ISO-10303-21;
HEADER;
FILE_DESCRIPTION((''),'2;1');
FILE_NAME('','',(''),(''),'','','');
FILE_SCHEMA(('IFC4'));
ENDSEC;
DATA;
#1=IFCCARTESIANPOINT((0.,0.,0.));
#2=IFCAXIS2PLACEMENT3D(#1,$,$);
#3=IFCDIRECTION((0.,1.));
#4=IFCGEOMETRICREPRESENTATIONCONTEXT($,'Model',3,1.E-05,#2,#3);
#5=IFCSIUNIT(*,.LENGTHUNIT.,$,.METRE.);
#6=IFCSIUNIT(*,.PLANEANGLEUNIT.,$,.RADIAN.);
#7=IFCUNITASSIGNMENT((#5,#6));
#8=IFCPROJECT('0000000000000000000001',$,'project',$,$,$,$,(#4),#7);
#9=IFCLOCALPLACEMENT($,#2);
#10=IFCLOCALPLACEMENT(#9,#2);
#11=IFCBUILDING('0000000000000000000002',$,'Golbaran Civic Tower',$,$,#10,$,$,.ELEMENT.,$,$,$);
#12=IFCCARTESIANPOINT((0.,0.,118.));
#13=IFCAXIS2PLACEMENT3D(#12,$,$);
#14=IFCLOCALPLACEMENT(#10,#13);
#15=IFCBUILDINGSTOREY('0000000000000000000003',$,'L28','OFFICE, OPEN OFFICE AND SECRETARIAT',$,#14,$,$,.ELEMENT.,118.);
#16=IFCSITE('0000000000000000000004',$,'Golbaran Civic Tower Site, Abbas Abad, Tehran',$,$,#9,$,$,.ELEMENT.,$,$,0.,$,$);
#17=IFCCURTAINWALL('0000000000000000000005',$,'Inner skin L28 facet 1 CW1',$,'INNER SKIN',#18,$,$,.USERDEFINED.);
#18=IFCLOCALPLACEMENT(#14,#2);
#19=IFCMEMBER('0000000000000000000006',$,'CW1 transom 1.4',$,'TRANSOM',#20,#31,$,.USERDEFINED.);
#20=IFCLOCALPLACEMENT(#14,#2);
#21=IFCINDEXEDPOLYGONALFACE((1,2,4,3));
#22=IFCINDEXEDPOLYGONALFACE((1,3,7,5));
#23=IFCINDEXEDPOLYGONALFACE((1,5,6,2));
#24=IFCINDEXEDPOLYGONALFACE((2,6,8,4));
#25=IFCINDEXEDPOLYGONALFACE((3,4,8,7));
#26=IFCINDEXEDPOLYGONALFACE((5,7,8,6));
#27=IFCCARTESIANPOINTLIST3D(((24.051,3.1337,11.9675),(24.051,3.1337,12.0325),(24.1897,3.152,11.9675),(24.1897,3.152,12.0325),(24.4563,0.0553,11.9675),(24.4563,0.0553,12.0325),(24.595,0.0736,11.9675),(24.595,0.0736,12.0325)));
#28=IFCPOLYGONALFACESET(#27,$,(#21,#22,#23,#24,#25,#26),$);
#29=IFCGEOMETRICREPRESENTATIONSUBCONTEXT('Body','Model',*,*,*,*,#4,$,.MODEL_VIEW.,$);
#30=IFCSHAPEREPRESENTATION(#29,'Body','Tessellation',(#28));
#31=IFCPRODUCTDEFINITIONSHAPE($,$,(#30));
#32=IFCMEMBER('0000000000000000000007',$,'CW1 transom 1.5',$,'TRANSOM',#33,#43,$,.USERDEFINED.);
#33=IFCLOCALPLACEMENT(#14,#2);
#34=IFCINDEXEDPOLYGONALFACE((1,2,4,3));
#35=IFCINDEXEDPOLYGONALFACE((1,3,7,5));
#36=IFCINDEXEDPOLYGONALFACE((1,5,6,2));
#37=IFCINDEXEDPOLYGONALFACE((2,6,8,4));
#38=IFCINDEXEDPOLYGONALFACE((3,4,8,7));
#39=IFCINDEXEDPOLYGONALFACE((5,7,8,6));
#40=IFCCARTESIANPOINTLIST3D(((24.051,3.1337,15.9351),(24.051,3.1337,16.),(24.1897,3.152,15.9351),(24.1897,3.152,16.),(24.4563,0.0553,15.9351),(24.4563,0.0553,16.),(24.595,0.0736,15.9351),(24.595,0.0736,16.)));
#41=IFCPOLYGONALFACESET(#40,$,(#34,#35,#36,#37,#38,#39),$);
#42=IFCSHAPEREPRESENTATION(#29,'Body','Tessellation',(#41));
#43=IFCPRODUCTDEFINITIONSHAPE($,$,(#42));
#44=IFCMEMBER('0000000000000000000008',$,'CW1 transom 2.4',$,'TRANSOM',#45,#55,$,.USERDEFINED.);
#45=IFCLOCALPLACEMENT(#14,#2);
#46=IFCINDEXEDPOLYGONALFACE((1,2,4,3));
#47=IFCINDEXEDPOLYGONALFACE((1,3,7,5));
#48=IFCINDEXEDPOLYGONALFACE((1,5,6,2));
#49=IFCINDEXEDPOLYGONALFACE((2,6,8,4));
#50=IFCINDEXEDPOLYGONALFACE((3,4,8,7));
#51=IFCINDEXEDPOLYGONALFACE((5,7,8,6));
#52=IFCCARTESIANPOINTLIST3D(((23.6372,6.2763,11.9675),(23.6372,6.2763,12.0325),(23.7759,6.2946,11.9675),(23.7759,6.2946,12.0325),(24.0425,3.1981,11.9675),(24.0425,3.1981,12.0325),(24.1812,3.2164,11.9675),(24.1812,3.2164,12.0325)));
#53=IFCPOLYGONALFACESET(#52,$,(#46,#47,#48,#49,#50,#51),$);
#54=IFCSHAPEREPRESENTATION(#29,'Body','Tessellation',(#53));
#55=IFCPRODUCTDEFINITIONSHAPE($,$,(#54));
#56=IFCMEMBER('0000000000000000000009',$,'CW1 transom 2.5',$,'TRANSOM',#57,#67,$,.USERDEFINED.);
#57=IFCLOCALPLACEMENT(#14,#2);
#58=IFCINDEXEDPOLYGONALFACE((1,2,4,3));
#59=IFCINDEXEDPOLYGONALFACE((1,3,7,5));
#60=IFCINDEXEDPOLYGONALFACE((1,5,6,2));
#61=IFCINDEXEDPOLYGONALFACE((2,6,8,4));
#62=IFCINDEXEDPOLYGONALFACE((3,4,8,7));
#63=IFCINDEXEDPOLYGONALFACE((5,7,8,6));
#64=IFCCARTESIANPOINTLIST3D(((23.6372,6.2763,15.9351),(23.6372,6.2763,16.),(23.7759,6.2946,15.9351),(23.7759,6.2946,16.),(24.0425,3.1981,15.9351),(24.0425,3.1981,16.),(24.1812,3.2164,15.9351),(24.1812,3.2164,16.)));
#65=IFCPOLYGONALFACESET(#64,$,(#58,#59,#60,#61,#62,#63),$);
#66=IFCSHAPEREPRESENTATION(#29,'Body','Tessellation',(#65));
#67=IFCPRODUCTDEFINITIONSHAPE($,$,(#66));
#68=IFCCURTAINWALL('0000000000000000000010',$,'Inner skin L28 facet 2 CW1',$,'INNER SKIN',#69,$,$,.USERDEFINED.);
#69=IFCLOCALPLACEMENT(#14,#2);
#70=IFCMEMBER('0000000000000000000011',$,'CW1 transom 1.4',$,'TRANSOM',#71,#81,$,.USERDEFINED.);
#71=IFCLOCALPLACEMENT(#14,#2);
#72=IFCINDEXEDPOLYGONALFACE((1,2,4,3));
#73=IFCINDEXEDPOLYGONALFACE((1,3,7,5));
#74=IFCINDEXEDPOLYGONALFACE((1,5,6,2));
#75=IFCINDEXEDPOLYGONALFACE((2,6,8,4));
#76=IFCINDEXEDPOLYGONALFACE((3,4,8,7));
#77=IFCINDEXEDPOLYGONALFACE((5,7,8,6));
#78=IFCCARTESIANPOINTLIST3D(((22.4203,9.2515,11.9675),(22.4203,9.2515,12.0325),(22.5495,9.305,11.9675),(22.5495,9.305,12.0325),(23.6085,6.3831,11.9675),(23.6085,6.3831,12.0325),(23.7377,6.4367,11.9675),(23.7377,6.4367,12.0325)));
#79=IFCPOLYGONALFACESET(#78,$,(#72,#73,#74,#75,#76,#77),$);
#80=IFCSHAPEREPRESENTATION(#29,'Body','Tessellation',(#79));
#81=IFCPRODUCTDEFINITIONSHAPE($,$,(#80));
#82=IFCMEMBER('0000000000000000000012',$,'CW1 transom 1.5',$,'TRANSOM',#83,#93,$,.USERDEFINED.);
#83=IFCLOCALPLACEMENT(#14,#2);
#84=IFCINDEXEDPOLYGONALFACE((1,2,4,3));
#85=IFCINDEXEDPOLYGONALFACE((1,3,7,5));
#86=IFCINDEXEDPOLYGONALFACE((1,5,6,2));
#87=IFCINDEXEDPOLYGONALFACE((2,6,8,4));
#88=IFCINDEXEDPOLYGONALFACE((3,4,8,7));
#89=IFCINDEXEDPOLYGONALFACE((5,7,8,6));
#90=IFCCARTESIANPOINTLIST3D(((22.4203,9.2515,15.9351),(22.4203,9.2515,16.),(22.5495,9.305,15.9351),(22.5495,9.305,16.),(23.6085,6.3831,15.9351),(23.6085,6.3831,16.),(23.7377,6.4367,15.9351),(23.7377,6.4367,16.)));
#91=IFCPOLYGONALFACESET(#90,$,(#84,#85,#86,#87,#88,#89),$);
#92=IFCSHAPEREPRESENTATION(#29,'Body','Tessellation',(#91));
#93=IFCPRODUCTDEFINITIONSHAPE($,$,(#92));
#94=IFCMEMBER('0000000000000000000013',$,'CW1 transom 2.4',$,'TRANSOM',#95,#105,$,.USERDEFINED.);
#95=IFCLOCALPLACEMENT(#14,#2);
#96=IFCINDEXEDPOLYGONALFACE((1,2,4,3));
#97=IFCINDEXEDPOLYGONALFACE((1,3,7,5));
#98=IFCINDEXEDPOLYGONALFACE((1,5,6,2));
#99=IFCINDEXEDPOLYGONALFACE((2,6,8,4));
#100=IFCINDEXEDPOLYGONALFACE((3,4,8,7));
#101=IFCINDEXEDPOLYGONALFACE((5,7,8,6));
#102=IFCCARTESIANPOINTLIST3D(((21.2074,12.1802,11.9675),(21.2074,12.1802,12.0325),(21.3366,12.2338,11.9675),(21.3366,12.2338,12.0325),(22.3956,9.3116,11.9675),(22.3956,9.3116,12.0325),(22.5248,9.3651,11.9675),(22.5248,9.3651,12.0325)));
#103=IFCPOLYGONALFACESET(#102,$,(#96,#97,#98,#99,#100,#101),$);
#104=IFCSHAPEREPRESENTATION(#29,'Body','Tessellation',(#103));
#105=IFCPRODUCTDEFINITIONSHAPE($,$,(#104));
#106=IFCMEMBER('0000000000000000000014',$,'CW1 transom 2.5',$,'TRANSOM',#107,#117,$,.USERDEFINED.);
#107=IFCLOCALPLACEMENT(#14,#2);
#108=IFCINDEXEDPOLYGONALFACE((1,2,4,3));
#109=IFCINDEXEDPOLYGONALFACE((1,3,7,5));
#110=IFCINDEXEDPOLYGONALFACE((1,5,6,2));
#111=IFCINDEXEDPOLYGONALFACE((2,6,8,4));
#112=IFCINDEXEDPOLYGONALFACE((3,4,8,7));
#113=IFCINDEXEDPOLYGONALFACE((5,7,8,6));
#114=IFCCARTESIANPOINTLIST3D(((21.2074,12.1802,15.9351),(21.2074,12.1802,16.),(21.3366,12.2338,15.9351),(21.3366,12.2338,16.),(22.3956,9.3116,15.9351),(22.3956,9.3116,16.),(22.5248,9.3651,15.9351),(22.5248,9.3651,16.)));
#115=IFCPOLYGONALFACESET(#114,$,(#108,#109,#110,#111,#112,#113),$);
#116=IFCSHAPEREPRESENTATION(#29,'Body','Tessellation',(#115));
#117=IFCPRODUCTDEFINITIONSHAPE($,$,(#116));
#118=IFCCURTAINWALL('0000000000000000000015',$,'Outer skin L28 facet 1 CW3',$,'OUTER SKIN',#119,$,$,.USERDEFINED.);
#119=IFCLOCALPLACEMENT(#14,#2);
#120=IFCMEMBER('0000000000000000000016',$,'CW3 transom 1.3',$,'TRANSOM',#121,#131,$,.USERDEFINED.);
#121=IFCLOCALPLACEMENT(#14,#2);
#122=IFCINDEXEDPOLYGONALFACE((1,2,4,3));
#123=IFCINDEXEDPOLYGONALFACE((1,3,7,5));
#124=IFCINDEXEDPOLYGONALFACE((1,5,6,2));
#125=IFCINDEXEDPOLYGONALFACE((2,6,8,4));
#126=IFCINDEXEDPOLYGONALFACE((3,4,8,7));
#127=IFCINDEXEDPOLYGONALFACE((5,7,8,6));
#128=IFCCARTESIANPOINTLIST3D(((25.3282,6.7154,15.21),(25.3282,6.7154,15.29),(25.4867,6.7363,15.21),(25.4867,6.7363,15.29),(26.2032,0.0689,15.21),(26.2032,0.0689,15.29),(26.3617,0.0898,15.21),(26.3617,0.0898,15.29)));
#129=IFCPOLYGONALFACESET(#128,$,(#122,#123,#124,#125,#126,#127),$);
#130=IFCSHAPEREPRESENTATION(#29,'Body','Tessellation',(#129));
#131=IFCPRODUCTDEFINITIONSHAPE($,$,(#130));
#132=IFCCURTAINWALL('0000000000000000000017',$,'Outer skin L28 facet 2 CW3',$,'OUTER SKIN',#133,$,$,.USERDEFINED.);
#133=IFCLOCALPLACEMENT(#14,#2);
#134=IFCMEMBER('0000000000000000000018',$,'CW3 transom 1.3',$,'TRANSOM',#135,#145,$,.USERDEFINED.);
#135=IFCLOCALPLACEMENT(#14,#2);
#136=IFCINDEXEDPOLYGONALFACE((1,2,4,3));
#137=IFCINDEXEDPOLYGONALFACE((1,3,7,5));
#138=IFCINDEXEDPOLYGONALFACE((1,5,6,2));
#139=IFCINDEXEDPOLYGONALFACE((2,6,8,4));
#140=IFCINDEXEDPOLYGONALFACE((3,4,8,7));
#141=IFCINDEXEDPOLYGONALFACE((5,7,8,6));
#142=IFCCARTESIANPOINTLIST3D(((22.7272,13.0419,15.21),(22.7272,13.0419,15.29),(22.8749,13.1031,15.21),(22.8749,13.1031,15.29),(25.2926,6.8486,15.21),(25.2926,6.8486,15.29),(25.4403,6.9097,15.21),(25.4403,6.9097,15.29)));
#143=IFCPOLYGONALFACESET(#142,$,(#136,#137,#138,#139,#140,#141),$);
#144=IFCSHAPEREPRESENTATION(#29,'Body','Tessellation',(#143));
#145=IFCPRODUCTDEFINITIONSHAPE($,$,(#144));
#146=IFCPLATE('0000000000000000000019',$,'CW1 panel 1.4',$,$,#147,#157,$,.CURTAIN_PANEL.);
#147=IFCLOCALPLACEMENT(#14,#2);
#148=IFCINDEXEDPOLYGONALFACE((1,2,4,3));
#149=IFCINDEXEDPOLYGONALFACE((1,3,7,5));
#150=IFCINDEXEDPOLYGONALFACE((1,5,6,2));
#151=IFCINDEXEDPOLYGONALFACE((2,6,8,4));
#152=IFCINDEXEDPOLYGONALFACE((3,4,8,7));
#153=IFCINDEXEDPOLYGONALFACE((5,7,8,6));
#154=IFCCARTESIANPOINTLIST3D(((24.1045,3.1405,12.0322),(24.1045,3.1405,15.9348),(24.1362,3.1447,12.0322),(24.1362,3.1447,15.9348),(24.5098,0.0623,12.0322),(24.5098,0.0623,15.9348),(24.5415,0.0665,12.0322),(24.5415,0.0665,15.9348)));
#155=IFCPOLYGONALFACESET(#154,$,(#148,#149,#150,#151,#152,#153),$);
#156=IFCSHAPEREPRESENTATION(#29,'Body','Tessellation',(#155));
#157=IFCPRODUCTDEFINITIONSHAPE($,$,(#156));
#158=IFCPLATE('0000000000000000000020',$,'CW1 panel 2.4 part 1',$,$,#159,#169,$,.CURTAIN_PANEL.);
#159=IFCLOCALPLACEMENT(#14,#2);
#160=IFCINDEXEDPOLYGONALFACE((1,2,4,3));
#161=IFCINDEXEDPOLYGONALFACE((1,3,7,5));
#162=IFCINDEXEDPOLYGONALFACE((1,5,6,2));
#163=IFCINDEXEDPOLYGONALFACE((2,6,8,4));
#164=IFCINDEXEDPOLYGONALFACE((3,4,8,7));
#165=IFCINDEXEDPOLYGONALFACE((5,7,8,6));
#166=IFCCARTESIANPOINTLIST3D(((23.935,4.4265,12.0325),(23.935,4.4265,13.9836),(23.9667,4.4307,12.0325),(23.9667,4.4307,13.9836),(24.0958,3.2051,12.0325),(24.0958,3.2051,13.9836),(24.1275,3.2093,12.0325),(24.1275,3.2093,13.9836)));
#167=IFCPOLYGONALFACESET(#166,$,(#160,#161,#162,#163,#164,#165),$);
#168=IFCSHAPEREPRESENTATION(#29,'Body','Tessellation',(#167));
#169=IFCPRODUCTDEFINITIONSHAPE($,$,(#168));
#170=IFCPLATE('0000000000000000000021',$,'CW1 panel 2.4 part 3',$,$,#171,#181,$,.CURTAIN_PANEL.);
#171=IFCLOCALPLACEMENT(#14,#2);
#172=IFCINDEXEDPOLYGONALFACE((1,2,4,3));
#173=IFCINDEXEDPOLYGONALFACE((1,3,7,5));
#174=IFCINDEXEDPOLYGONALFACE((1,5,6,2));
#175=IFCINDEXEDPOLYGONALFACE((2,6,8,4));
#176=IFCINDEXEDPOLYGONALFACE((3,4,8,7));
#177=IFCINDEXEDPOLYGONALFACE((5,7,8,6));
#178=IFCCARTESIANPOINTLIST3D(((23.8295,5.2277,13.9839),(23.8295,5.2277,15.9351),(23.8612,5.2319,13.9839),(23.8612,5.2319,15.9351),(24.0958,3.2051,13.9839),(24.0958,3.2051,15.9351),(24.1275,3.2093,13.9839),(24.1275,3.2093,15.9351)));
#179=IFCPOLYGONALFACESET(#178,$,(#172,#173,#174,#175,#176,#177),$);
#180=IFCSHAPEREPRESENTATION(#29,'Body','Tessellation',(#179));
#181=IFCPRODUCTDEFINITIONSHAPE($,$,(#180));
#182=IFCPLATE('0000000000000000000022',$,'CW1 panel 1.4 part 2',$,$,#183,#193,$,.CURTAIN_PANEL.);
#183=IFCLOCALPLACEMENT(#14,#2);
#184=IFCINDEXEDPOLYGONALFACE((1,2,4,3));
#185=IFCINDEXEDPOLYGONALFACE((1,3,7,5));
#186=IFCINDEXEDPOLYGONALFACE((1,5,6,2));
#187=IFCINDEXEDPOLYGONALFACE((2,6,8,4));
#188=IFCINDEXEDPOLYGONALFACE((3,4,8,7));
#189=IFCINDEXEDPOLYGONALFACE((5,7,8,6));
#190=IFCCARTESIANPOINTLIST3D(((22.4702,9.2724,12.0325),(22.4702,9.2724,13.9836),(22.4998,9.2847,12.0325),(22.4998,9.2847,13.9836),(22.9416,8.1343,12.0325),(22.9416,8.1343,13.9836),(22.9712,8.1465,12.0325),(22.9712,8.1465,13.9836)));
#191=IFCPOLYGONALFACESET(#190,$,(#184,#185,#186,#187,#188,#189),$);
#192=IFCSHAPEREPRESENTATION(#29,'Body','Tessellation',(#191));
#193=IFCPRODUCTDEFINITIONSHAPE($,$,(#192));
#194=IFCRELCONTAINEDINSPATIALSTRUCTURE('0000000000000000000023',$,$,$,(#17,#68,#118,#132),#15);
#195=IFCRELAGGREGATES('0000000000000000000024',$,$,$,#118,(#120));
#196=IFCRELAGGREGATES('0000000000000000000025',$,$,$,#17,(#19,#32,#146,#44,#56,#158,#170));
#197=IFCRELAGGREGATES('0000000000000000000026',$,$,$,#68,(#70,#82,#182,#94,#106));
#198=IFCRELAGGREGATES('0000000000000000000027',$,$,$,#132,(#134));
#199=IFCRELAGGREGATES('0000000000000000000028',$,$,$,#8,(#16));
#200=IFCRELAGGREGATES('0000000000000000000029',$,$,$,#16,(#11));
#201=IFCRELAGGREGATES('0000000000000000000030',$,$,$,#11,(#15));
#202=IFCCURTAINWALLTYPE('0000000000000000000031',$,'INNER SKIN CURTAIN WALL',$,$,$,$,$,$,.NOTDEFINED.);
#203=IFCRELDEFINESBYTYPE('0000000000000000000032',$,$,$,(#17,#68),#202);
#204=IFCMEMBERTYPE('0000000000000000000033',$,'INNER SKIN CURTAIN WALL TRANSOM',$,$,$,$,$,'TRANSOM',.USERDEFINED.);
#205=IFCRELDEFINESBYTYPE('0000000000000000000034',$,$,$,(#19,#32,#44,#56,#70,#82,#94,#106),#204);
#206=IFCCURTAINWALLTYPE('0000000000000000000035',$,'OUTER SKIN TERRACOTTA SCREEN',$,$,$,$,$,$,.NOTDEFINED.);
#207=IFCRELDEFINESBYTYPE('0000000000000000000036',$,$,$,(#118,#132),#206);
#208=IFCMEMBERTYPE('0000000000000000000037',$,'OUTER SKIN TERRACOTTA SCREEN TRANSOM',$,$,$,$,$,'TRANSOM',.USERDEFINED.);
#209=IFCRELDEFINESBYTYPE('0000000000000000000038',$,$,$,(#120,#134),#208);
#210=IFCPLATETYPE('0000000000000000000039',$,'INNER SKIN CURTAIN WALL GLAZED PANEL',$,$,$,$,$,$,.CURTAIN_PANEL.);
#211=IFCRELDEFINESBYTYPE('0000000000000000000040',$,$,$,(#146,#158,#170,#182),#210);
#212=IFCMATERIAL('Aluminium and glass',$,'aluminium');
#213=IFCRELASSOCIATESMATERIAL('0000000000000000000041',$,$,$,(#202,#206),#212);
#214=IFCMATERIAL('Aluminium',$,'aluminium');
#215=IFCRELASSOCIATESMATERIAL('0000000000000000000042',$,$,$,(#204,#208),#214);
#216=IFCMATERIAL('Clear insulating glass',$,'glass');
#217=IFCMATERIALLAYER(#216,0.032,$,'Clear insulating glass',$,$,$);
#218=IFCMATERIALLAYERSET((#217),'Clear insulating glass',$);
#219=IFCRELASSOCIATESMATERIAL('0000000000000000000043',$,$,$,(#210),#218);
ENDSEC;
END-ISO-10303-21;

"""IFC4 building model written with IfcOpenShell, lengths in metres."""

from ifc_helpers import new_model, si_unit, direction, frame, origin, origin_2d, place, context, subcontext, project, spatial, rectangle, extrude, material, layer, layer_set, material_profile, profile_set, type_object, element, aggregate, save


model = new_model("IFC4")

# Units and contexts
model_context = context("Model", 3, precision=1e-05, world=origin(), true_north=direction((0.0, 1.0)))
body_context = subcontext(model_context, "Body", "Model", "MODEL_VIEW")
ifc_project = project(units=[si_unit("LENGTHUNIT", "METRE"), si_unit("PLANEANGLEUNIT", "RADIAN")], contexts=[model_context])

# Site, building, storey
site_placement = place(None, origin())
site = spatial("IfcSite", under=ifc_project, at=site_placement, Name="Golbaran Civic Tower Site, Abbas Abad, Tehran", CompositionType="ELEMENT", RefElevation=0.0)
building_placement = place(site_placement, origin())
building = spatial("IfcBuilding", under=site, at=building_placement, Name="Golbaran Civic Tower", CompositionType="ELEMENT")
storey_placement = place(building_placement, frame((0.0, 0.0, 118.0)))
storey = spatial("IfcBuildingStorey", under=building, at=storey_placement, Name="L28", Description="OFFICE, OPEN OFFICE AND SECRETARIAT", CompositionType="ELEMENT", Elevation=118.0)

# Curtain walls, members
ifc_material_1 = material(Name="Aluminium and glass", Category="aluminium")
curtain_wall_type_1 = type_object("IfcCurtainWallType", Name="INNER SKIN CURTAIN WALL", PredefinedType="NOTDEFINED", material=ifc_material_1)
curtain_wall_1_placement = place(storey_placement, origin())
curtain_wall_1 = element("IfcCurtainWall", 1, at=curtain_wall_1_placement, inside=storey, type_object=curtain_wall_type_1, Name="Inner skin L28 facet 1 CW1", ObjectType="INNER SKIN", PredefinedType="USERDEFINED")
ifc_material_2 = material(Name="Aluminium", Category="aluminium")
ifc_material_profile_1 = material_profile(ifc_material_2, rectangle(XDim=0.1399, YDim=0.0649, at=origin_2d()), Name="INNER SKIN CURTAIN WALL TRANSOM")
ifc_profile_set_1 = profile_set([ifc_material_profile_1], Name="Aluminium")
member_type_1 = type_object("IfcMemberType", Name="INNER SKIN CURTAIN WALL TRANSOM", ElementType="TRANSOM", PredefinedType="USERDEFINED", material=ifc_profile_set_1)
member_1_placement = place(storey_placement, frame((24.5256, 0.0645, 12.0), z_axis=(-0.130526, 0.991445, 0.0), x_axis=(-0.991445, -0.130526, 0.0)))
member_1 = element("IfcMember", 2, at=member_1_placement, type_object=member_type_1, Name="CW1 transom 1.4", ObjectType="TRANSOM", PredefinedType="USERDEFINED", context=body_context, shape_type="SweptSolid", body=[
    extrude(rectangle(XDim=0.1399, YDim=0.0649, at=origin_2d()), origin(), (0.0, 0.0, 1.0), 3.105),
])
member_2_placement = place(storey_placement, frame((24.5256, 0.0645, 15.9675), z_axis=(-0.130526, 0.991445, 0.0), x_axis=(-0.991445, -0.130526, 0.0)))
member_2 = element("IfcMember", 3, at=member_2_placement, type_object=member_type_1, Name="CW1 transom 1.5", ObjectType="TRANSOM", PredefinedType="USERDEFINED", context=body_context, shape_type="SweptSolid", body=[
    extrude(rectangle(XDim=0.1399, YDim=0.0649, at=origin_2d()), origin(), (0.0, 0.0, 1.0), 3.105),
])
member_3_placement = place(storey_placement, frame((24.1118, 3.2073, 12.0), z_axis=(-0.130536, 0.991444, 0.0), x_axis=(-0.991444, -0.130536, 0.0)))
member_3 = element("IfcMember", 4, at=member_3_placement, type_object=member_type_1, Name="CW1 transom 2.4", ObjectType="TRANSOM", PredefinedType="USERDEFINED", context=body_context, shape_type="SweptSolid", body=[
    extrude(rectangle(XDim=0.1399, YDim=0.0649, at=origin_2d()), origin(), (0.0, 0.0, 1.0), 3.1047),
])
member_4_placement = place(storey_placement, frame((24.1118, 3.2073, 15.9675), z_axis=(-0.130536, 0.991444, 0.0), x_axis=(-0.991444, -0.130536, 0.0)))
member_4 = element("IfcMember", 5, at=member_4_placement, type_object=member_type_1, Name="CW1 transom 2.5", ObjectType="TRANSOM", PredefinedType="USERDEFINED", context=body_context, shape_type="SweptSolid", body=[
    extrude(rectangle(XDim=0.1399, YDim=0.0649, at=origin_2d()), origin(), (0.0, 0.0, 1.0), 3.1047),
])
curtain_wall_2_placement = place(storey_placement, origin())
curtain_wall_2 = element("IfcCurtainWall", 6, at=curtain_wall_2_placement, inside=storey, type_object=curtain_wall_type_1, Name="Inner skin L28 facet 2 CW1", ObjectType="INNER SKIN", PredefinedType="USERDEFINED")
member_5_placement = place(storey_placement, frame((23.6731, 6.4099, 12.0), z_axis=(-0.382711, 0.923868, 0.0), x_axis=(-0.923868, -0.382711, 0.0)))
member_5 = element("IfcMember", 7, at=member_5_placement, type_object=member_type_1, Name="CW1 transom 1.4", ObjectType="TRANSOM", PredefinedType="USERDEFINED", context=body_context, shape_type="SweptSolid", body=[
    extrude(rectangle(XDim=0.1399, YDim=0.0649, at=origin_2d()), origin(), (0.0, 0.0, 1.0), 3.1047),
])
member_6_placement = place(storey_placement, frame((23.6731, 6.4099, 15.9675), z_axis=(-0.382711, 0.923868, 0.0), x_axis=(-0.923868, -0.382711, 0.0)))
member_6 = element("IfcMember", 8, at=member_6_placement, type_object=member_type_1, Name="CW1 transom 1.5", ObjectType="TRANSOM", PredefinedType="USERDEFINED", context=body_context, shape_type="SweptSolid", body=[
    extrude(rectangle(XDim=0.1399, YDim=0.0649, at=origin_2d()), origin(), (0.0, 0.0, 1.0), 3.1047),
])
member_7_placement = place(storey_placement, frame((22.4602, 9.3384, 12.0), z_axis=(-0.382683, 0.92388, 0.0), x_axis=(-0.92388, -0.382683, 0.0)))
member_7 = element("IfcMember", 9, at=member_7_placement, type_object=member_type_1, Name="CW1 transom 2.4", ObjectType="TRANSOM", PredefinedType="USERDEFINED", context=body_context, shape_type="SweptSolid", body=[
    extrude(rectangle(XDim=0.1399, YDim=0.0649, at=origin_2d()), origin(), (0.0, 0.0, 1.0), 3.105),
])
member_8_placement = place(storey_placement, frame((22.4602, 9.3384, 15.9675), z_axis=(-0.382683, 0.92388, 0.0), x_axis=(-0.92388, -0.382683, 0.0)))
member_8 = element("IfcMember", 10, at=member_8_placement, type_object=member_type_1, Name="CW1 transom 2.5", ObjectType="TRANSOM", PredefinedType="USERDEFINED", context=body_context, shape_type="SweptSolid", body=[
    extrude(rectangle(XDim=0.1399, YDim=0.0649, at=origin_2d()), origin(), (0.0, 0.0, 1.0), 3.105),
])

# Curtain walls, members
curtain_wall_type_2 = type_object("IfcCurtainWallType", Name="OUTER SKIN TERRACOTTA SCREEN", PredefinedType="NOTDEFINED", material=ifc_material_1)
curtain_wall_3_placement = place(storey_placement, origin())
curtain_wall_3 = element("IfcCurtainWall", 11, at=curtain_wall_3_placement, inside=storey, type_object=curtain_wall_type_2, Name="Outer skin L28 facet 1 CW3", ObjectType="OUTER SKIN", PredefinedType="USERDEFINED")
ifc_material_profile_2 = material_profile(ifc_material_2, rectangle(XDim=0.1599, YDim=0.0801, at=origin_2d()), Name="OUTER SKIN TERRACOTTA SCREEN TRANSOM")
ifc_profile_set_2 = profile_set([ifc_material_profile_2], Name="Aluminium")
member_type_2 = type_object("IfcMemberType", Name="OUTER SKIN TERRACOTTA SCREEN TRANSOM", ElementType="TRANSOM", PredefinedType="USERDEFINED", material=ifc_profile_set_2)
member_9_placement = place(storey_placement, frame((26.2825, 0.0793, 15.25), z_axis=(-0.130522, 0.991445, 0.0), x_axis=(-0.991445, -0.130522, 0.0)))
member_9 = element("IfcMember", 12, at=member_9_placement, type_object=member_type_2, Name="CW3 transom 1.3", ObjectType="TRANSOM", PredefinedType="USERDEFINED", context=body_context, shape_type="SweptSolid", body=[
    extrude(rectangle(XDim=0.1599, YDim=0.0801, at=origin_2d()), origin(), (0.0, 0.0, 1.0), 6.7039),
])
aggregate(curtain_wall_3, [member_9])
curtain_wall_4_placement = place(storey_placement, origin())
curtain_wall_4 = element("IfcCurtainWall", 13, at=curtain_wall_4_placement, inside=storey, type_object=curtain_wall_type_2, Name="Outer skin L28 facet 2 CW3", ObjectType="OUTER SKIN", PredefinedType="USERDEFINED")
member_10_placement = place(storey_placement, frame((25.3665, 6.8792, 15.25), z_axis=(-0.382691, 0.923877, 0.0), x_axis=(-0.923877, -0.382691, 0.0)))
member_10 = element("IfcMember", 14, at=member_10_placement, type_object=member_type_2, Name="CW3 transom 1.3", ObjectType="TRANSOM", PredefinedType="USERDEFINED", context=body_context, shape_type="SweptSolid", body=[
    extrude(rectangle(XDim=0.1599, YDim=0.0801, at=origin_2d()), origin(), (0.0, 0.0, 1.0), 6.7036),
])

# Plates
ifc_material_3 = material(Name="Clear insulating glass", Category="glass")
ifc_layer_1 = layer(ifc_material_3, 0.032, Name="Clear insulating glass")
ifc_layer_set_1 = layer_set([ifc_layer_1], Name="Clear insulating glass")
plate_type_1 = type_object("IfcPlateType", Name="INNER SKIN CURTAIN WALL GLAZED PANEL", PredefinedType="CURTAIN_PANEL", material=ifc_layer_set_1)
plate_1_placement = place(storey_placement, frame((24.323, 1.6035, 12.0322), z_axis=(0.0, 0.0, 1.0), x_axis=(-0.130526, 0.991445, 0.0)))
plate_1 = element("IfcPlate", 15, at=plate_1_placement, type_object=plate_type_1, Name="CW1 panel 1.4", PredefinedType="CURTAIN_PANEL", context=body_context, shape_type="SweptSolid", body=[
    extrude(rectangle(XDim=3.1047, YDim=0.032, at=origin_2d()), origin(), (0.0, 0.0, 1.0), 3.9026),
])
plate_2_placement = place(storey_placement, frame((24.0312, 3.8179, 12.0325), z_axis=(0.0, 0.0, 1.0), x_axis=(-0.130526, 0.991445, 0.0)))
plate_2 = element("IfcPlate", 16, at=plate_2_placement, type_object=plate_type_1, Name="CW1 panel 2.4 part 1", PredefinedType="CURTAIN_PANEL", context=body_context, shape_type="SweptSolid", body=[
    extrude(rectangle(XDim=1.2319, YDim=0.032, at=origin_2d()), origin(), (0.0, 0.0, 1.0), 1.9512),
])
plate_3_placement = place(storey_placement, frame((23.9785, 4.2185, 13.9839), z_axis=(0.0, 0.0, 1.0), x_axis=(-0.130526, 0.991445, 0.0)))
plate_3 = element("IfcPlate", 17, at=plate_3_placement, type_object=plate_type_1, Name="CW1 panel 2.4 part 3", PredefinedType="CURTAIN_PANEL", context=body_context, shape_type="SweptSolid", body=[
    extrude(rectangle(XDim=2.04, YDim=0.032, at=origin_2d()), origin(), (0.0, 0.0, 1.0), 1.9512),
])
plate_4_placement = place(storey_placement, frame((22.7207, 8.7095, 12.0325), z_axis=(0.0, 0.0, 1.0), x_axis=(-0.382683, 0.92388, 0.0)))
plate_4 = element("IfcPlate", 18, at=plate_4_placement, type_object=plate_type_1, Name="CW1 panel 1.4 part 2", PredefinedType="CURTAIN_PANEL", context=body_context, shape_type="SweptSolid", body=[
    extrude(rectangle(XDim=1.2319, YDim=0.032, at=origin_2d()), origin(), (0.0, 0.0, 1.0), 1.9512),
])
aggregate(curtain_wall_1, [member_1, member_2, plate_1, member_3, member_4, plate_2, plate_3])
aggregate(curtain_wall_2, [member_5, member_6, plate_4, member_7, member_8])
aggregate(curtain_wall_4, [member_10])

save(model, "model.ifc")
